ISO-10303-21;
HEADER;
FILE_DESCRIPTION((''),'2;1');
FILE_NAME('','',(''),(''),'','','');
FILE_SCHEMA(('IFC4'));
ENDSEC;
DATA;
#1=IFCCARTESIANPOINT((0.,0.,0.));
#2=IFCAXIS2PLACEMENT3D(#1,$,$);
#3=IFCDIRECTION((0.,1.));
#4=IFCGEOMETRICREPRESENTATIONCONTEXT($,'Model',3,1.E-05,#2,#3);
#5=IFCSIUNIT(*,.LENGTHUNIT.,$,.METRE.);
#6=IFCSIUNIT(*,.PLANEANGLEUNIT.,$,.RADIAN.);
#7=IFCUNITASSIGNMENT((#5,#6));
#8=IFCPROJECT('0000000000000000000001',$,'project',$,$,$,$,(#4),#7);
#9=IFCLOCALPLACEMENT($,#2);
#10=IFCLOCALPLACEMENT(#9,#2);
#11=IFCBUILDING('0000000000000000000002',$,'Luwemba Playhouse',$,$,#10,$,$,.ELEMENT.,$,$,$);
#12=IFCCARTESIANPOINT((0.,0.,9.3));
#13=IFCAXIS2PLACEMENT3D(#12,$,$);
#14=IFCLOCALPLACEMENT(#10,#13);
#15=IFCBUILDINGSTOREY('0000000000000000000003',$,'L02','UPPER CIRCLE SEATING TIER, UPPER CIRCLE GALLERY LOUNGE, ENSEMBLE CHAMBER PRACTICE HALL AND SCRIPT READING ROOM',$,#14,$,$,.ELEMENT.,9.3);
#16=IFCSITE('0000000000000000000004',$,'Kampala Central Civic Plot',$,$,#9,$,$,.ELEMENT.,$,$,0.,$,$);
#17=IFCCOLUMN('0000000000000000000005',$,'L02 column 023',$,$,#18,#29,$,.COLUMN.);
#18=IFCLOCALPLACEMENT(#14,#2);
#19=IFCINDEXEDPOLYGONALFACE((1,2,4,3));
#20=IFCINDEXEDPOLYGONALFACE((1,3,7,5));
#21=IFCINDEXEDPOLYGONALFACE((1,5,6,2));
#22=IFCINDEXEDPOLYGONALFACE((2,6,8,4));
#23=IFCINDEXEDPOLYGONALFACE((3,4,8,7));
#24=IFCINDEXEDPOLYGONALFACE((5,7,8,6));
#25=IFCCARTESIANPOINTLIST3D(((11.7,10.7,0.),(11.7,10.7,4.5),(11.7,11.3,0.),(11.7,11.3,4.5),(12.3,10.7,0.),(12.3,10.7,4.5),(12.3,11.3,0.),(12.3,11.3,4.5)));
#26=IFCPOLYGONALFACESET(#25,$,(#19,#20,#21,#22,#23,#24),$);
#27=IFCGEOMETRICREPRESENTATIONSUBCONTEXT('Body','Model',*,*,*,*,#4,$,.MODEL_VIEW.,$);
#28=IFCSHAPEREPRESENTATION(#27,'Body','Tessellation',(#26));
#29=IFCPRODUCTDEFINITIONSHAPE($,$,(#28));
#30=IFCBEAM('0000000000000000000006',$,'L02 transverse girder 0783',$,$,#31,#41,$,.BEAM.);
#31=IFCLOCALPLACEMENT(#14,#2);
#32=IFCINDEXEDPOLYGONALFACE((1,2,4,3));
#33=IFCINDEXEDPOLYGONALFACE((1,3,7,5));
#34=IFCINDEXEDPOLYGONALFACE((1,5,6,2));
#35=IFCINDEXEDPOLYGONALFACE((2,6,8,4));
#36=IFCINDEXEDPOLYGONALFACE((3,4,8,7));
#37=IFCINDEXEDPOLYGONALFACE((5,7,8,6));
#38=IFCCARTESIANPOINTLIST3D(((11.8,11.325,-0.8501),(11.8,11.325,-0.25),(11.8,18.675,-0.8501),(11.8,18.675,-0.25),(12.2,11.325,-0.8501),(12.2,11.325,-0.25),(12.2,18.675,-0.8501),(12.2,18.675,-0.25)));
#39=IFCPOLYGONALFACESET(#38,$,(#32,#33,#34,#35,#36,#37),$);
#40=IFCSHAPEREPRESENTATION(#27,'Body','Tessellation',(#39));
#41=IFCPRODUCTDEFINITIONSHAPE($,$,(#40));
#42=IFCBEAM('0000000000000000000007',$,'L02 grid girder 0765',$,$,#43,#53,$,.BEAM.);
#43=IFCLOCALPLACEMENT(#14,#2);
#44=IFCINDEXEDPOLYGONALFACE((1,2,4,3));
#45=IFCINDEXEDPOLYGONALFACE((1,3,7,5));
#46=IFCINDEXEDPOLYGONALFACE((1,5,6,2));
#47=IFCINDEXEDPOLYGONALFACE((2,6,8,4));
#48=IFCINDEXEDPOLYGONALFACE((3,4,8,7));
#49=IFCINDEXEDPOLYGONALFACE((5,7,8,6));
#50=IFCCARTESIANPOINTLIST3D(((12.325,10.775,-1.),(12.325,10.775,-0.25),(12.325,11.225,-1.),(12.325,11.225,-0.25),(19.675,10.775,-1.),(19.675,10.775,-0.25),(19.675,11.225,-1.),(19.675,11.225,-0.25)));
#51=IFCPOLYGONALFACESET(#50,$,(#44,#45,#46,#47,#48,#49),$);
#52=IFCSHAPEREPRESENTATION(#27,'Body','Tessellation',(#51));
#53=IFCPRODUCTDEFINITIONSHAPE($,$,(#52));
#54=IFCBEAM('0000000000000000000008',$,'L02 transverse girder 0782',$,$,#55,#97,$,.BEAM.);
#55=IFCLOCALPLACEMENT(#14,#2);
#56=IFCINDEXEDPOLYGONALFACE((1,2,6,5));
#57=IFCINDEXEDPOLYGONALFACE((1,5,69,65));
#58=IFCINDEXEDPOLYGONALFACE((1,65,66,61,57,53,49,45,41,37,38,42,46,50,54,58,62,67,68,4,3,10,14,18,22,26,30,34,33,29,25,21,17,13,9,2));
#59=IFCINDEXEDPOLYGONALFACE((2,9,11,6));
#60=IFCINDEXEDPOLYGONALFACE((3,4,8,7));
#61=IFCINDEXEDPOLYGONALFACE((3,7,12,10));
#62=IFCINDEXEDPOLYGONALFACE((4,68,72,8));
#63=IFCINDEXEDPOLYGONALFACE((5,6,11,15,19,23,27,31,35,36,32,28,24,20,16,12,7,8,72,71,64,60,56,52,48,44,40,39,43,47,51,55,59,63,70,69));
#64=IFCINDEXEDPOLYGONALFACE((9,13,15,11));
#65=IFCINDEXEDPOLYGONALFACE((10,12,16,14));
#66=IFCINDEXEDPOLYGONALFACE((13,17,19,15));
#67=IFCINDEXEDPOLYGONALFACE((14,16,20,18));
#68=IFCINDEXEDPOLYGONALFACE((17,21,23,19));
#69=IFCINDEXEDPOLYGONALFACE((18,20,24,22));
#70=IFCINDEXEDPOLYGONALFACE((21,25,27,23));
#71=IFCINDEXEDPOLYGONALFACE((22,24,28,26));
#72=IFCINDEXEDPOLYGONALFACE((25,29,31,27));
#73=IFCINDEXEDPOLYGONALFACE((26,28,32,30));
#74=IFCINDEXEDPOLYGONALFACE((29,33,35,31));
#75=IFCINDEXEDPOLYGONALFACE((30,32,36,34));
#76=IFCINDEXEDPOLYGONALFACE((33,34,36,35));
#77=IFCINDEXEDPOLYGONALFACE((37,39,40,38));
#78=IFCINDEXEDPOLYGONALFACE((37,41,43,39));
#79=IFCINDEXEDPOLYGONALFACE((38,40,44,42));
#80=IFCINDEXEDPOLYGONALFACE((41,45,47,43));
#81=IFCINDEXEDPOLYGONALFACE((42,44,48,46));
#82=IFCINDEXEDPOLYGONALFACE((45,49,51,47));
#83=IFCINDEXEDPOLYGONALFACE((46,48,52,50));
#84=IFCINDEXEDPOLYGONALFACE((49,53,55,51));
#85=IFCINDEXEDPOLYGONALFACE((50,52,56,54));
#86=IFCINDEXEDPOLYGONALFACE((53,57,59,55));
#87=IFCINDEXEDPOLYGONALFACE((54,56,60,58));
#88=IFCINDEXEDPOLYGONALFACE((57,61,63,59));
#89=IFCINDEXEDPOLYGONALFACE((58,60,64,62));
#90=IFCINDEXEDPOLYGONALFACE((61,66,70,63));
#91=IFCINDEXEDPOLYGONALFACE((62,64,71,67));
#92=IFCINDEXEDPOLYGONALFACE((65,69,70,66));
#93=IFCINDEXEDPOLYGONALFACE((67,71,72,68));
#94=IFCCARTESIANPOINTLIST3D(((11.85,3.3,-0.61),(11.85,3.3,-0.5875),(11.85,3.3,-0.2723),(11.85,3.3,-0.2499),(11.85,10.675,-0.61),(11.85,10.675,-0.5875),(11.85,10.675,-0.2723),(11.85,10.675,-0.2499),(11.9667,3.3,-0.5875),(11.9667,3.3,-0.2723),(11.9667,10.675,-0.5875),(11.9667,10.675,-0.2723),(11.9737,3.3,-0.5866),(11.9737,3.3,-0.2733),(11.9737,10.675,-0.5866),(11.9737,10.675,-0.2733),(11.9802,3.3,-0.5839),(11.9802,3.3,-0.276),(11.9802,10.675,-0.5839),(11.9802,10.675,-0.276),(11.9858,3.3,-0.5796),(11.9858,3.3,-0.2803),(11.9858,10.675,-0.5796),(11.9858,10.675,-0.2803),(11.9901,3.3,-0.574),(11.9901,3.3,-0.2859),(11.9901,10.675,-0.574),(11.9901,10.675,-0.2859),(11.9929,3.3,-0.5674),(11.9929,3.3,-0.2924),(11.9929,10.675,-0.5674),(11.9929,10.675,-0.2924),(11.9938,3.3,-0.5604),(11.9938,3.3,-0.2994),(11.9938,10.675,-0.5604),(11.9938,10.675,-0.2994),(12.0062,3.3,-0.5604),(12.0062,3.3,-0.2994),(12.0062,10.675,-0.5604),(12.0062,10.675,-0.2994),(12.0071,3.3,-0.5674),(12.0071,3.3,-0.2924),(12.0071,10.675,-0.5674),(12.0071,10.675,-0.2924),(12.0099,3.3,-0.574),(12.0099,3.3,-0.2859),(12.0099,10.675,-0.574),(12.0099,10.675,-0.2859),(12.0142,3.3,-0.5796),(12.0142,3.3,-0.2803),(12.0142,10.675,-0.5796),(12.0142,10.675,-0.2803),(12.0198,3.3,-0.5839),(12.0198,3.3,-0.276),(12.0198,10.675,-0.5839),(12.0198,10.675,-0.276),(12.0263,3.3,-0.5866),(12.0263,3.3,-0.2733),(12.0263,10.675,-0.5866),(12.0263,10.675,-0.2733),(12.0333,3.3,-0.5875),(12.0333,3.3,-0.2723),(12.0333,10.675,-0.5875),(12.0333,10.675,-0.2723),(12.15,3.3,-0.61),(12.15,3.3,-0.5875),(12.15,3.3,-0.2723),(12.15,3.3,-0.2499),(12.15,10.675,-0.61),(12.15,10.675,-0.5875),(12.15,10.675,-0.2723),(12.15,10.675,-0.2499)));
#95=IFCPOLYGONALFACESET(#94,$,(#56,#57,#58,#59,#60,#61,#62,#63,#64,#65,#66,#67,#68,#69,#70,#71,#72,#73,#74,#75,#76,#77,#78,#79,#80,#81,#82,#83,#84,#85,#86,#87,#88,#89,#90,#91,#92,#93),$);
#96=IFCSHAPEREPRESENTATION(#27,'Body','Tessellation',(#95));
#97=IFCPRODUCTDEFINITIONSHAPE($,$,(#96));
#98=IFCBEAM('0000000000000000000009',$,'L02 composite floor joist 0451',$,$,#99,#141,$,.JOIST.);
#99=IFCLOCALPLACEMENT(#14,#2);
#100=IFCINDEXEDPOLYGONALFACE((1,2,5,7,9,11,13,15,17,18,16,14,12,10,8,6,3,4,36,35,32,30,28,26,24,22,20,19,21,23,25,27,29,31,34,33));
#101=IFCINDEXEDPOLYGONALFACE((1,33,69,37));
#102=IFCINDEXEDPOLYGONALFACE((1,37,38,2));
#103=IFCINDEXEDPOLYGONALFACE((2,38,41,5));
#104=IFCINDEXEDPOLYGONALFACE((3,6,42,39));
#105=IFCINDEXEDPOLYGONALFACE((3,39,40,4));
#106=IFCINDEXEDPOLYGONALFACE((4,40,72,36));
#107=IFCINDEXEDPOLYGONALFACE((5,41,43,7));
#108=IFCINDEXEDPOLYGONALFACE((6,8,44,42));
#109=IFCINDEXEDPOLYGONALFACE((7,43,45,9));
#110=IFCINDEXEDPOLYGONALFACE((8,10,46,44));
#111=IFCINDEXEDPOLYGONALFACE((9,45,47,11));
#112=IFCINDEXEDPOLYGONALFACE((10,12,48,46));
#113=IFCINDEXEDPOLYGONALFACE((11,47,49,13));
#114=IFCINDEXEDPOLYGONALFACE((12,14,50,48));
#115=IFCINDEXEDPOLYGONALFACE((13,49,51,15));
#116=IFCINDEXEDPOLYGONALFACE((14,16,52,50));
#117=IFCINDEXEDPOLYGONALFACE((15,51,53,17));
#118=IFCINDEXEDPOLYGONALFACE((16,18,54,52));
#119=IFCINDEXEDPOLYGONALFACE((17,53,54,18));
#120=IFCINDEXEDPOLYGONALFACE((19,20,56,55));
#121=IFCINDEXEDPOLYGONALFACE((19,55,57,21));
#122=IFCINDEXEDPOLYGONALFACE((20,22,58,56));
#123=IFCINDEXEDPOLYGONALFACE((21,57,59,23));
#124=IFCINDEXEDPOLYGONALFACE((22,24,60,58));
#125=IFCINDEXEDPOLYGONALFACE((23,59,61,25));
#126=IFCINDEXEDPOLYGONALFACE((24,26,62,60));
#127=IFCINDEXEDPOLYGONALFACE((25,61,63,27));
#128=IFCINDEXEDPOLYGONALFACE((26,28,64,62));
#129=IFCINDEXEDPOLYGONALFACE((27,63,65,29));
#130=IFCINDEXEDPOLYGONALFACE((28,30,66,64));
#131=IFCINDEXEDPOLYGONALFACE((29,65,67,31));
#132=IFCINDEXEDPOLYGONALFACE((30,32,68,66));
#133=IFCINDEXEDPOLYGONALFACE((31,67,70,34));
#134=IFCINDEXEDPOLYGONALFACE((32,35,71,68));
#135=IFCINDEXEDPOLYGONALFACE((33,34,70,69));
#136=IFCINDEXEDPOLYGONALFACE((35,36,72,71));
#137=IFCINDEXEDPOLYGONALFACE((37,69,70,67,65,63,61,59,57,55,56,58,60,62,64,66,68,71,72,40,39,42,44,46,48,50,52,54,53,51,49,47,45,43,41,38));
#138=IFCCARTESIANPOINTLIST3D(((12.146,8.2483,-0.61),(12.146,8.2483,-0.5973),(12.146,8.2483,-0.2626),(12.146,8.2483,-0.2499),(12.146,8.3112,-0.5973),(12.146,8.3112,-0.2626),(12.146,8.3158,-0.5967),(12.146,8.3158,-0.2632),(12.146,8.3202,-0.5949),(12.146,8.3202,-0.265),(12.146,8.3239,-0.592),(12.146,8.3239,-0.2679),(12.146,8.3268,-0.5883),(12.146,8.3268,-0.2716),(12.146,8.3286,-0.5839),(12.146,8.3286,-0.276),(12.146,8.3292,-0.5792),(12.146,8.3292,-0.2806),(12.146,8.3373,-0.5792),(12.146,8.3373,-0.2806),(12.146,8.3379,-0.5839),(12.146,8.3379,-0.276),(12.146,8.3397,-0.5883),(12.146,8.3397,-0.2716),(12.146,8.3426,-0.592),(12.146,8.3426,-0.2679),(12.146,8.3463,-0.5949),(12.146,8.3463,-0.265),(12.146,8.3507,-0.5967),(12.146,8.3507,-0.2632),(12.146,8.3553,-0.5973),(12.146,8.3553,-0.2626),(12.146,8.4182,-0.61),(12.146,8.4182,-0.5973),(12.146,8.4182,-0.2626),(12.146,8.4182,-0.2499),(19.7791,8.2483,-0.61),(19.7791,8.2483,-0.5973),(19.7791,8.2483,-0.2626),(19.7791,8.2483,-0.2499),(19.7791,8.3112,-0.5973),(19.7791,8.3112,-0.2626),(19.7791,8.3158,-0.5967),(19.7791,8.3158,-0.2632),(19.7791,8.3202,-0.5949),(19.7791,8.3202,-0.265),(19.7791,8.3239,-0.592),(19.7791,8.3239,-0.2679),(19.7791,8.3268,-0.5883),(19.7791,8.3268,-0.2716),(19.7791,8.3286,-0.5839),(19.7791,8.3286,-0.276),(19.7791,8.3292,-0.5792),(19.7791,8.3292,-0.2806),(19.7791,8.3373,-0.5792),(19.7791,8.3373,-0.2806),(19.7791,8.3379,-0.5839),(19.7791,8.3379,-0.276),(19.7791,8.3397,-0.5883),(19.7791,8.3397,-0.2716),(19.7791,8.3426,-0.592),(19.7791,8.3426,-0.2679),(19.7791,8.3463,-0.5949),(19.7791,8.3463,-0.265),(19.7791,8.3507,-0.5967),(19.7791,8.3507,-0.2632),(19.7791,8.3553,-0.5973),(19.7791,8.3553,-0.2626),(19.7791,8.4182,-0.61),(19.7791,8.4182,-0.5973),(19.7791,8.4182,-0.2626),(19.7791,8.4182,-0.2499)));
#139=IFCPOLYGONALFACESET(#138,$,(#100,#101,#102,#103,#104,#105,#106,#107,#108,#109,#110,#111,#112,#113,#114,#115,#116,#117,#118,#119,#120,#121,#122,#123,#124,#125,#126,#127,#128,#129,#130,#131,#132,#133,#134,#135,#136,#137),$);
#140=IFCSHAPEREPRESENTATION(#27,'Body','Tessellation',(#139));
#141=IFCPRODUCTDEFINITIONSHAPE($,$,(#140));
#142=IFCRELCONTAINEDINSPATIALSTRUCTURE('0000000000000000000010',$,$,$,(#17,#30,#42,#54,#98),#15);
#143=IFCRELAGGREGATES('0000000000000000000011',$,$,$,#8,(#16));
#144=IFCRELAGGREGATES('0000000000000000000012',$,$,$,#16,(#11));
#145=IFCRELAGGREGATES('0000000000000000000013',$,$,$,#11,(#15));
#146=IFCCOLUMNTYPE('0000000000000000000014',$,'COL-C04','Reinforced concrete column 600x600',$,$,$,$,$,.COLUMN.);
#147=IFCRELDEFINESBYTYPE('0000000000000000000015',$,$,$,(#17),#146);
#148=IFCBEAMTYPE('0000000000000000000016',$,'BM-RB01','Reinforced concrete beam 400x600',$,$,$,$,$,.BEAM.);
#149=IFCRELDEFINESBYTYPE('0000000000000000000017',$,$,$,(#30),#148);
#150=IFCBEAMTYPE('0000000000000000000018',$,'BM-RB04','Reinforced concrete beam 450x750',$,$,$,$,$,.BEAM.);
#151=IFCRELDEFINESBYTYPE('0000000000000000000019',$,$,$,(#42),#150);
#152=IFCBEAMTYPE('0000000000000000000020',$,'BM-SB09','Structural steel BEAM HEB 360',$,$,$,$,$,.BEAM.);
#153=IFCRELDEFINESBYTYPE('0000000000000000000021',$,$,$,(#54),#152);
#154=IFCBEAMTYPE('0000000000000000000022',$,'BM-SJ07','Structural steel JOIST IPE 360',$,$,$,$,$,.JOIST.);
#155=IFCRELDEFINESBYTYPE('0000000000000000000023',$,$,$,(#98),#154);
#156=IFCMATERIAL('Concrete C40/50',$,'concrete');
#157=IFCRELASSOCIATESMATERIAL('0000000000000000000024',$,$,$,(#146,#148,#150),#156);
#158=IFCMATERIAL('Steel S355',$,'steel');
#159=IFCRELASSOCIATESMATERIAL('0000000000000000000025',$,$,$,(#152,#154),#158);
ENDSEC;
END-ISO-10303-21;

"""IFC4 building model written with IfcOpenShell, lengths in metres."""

from ifc_helpers import new_model, si_unit, direction, frame, origin, origin_2d, place, context, subcontext, project, spatial, rectangle, i_section, extrude, material, material_profile, profile_set, type_object, element, save


model = new_model("IFC4")

# Units and contexts
model_context = context("Model", 3, precision=1e-05, world=origin(), true_north=direction((0.0, 1.0)))
body_context = subcontext(model_context, "Body", "Model", "MODEL_VIEW")
ifc_project = project(units=[si_unit("LENGTHUNIT", "METRE"), si_unit("PLANEANGLEUNIT", "RADIAN")], contexts=[model_context])

# Site, building, storey
site_placement = place(None, origin())
site = spatial("IfcSite", under=ifc_project, at=site_placement, Name="Kampala Central Civic Plot", CompositionType="ELEMENT", RefElevation=0.0)
building_placement = place(site_placement, origin())
building = spatial("IfcBuilding", under=site, at=building_placement, Name="Luwemba Playhouse", CompositionType="ELEMENT")
storey_placement = place(building_placement, frame((0.0, 0.0, 9.3)))
storey = spatial("IfcBuildingStorey", under=building, at=storey_placement, Name="L02", Description="UPPER CIRCLE SEATING TIER, UPPER CIRCLE GALLERY LOUNGE, ENSEMBLE CHAMBER PRACTICE HALL AND SCRIPT READING ROOM", CompositionType="ELEMENT", Elevation=9.3)

# Column
ifc_material_1 = material(Name="Concrete C40/50", Category="concrete")
ifc_material_profile_1 = material_profile(ifc_material_1, rectangle(XDim=0.6001, YDim=0.6001, at=origin_2d()))
ifc_profile_set_1 = profile_set([ifc_material_profile_1], Name="Concrete C40/50")
column_type = type_object("IfcColumnType", Name="COL-C04", Description="Reinforced concrete column 600x600", PredefinedType="COLUMN", material=ifc_profile_set_1)
column_placement = place(storey_placement, frame((12.0, 11.0, 0.0), z_axis=(0.0, 0.0, 1.0), x_axis=(1.0, 0.0, 0.0)))
element("IfcColumn", 1, at=column_placement, inside=storey, type_object=column_type, Name="L02 column 023", PredefinedType="COLUMN", context=body_context, shape_type="SweptSolid", body=[
    extrude(rectangle(XDim=0.6001, YDim=0.6001, at=origin_2d()), origin(), (0.0, 0.0, 1.0), 4.5),
])

# Beams
ifc_material_profile_2 = material_profile(ifc_material_1, rectangle(XDim=0.3999, YDim=0.6001, at=origin_2d()))
ifc_profile_set_2 = profile_set([ifc_material_profile_2], Name="Concrete C40/50")
beam_type_1 = type_object("IfcBeamType", Name="BM-RB01", Description="Reinforced concrete beam 400x600", PredefinedType="BEAM", material=ifc_profile_set_2)
beam_1_placement = place(storey_placement, frame((12.0, 11.325, -0.55), z_axis=(0.0, 1.0, 0.0), x_axis=(-1.0, 0.0, 0.0)))
element("IfcBeam", 2, at=beam_1_placement, inside=storey, type_object=beam_type_1, Name="L02 transverse girder 0783", PredefinedType="BEAM", context=body_context, shape_type="SweptSolid", body=[
    extrude(rectangle(XDim=0.3999, YDim=0.6001, at=origin_2d()), origin(), (0.0, 0.0, 1.0), 7.3501),
])
ifc_material_profile_3 = material_profile(ifc_material_1, rectangle(XDim=0.45, YDim=0.75, at=origin_2d()))
ifc_profile_set_3 = profile_set([ifc_material_profile_3], Name="Concrete C40/50")
beam_type_2 = type_object("IfcBeamType", Name="BM-RB04", Description="Reinforced concrete beam 450x750", PredefinedType="BEAM", material=ifc_profile_set_3)
beam_2_placement = place(storey_placement, frame((12.325, 11.0, -0.625), z_axis=(1.0, 0.0, 0.0), x_axis=(0.0, 1.0, 0.0)))
element("IfcBeam", 3, at=beam_2_placement, inside=storey, type_object=beam_type_2, Name="L02 grid girder 0765", PredefinedType="BEAM", context=body_context, shape_type="SweptSolid", body=[
    extrude(rectangle(XDim=0.45, YDim=0.75, at=origin_2d()), origin(), (0.0, 0.0, 1.0), 7.3501),
])
ifc_material_2 = material(Name="Steel S355", Category="steel")
ifc_material_profile_4 = material_profile(ifc_material_2, i_section(OverallWidth=0.3, OverallDepth=0.3601, WebThickness=0.0125, FlangeThickness=0.0225, FilletRadius=0.0271, at=origin_2d()))
ifc_profile_set_4 = profile_set([ifc_material_profile_4], Name="Steel S355")
beam_type_3 = type_object("IfcBeamType", Name="BM-SB09", Description="Structural steel BEAM HEB 360", PredefinedType="BEAM", material=ifc_profile_set_4)
beam_3_placement = place(storey_placement, frame((12.0, 3.3, -0.4299), z_axis=(0.0, 1.0, 0.0), x_axis=(-1.0, 0.0, 0.0)))
element("IfcBeam", 4, at=beam_3_placement, inside=storey, type_object=beam_type_3, Name="L02 transverse girder 0782", PredefinedType="BEAM", context=body_context, shape_type="SweptSolid", body=[
    extrude(i_section(OverallWidth=0.3, OverallDepth=0.3601, WebThickness=0.0125, FlangeThickness=0.0225, FilletRadius=0.0271, at=origin_2d()), origin(), (0.0, 0.0, 1.0), 7.375),
])
ifc_material_profile_5 = material_profile(ifc_material_2, i_section(OverallWidth=0.1699, OverallDepth=0.3601, WebThickness=0.0081, FlangeThickness=0.0127, FilletRadius=0.0181, at=origin_2d()))
ifc_profile_set_5 = profile_set([ifc_material_profile_5], Name="Steel S355")
beam_type_4 = type_object("IfcBeamType", Name="BM-SJ07", Description="Structural steel JOIST IPE 360", PredefinedType="JOIST", material=ifc_profile_set_5)
beam_4_placement = place(storey_placement, frame((12.146, 8.3333, -0.4299), z_axis=(1.0, 0.0, 0.0), x_axis=(0.0, 1.0, 0.0)))
element("IfcBeam", 5, at=beam_4_placement, inside=storey, type_object=beam_type_4, Name="L02 composite floor joist 0451", PredefinedType="JOIST", context=body_context, shape_type="SweptSolid", body=[
    extrude(i_section(OverallWidth=0.1699, OverallDepth=0.3601, WebThickness=0.0081, FlangeThickness=0.0127, FilletRadius=0.0181, at=origin_2d()), origin(), (0.0, 0.0, 1.0), 7.6331),
])

save(model, "model.ifc")
